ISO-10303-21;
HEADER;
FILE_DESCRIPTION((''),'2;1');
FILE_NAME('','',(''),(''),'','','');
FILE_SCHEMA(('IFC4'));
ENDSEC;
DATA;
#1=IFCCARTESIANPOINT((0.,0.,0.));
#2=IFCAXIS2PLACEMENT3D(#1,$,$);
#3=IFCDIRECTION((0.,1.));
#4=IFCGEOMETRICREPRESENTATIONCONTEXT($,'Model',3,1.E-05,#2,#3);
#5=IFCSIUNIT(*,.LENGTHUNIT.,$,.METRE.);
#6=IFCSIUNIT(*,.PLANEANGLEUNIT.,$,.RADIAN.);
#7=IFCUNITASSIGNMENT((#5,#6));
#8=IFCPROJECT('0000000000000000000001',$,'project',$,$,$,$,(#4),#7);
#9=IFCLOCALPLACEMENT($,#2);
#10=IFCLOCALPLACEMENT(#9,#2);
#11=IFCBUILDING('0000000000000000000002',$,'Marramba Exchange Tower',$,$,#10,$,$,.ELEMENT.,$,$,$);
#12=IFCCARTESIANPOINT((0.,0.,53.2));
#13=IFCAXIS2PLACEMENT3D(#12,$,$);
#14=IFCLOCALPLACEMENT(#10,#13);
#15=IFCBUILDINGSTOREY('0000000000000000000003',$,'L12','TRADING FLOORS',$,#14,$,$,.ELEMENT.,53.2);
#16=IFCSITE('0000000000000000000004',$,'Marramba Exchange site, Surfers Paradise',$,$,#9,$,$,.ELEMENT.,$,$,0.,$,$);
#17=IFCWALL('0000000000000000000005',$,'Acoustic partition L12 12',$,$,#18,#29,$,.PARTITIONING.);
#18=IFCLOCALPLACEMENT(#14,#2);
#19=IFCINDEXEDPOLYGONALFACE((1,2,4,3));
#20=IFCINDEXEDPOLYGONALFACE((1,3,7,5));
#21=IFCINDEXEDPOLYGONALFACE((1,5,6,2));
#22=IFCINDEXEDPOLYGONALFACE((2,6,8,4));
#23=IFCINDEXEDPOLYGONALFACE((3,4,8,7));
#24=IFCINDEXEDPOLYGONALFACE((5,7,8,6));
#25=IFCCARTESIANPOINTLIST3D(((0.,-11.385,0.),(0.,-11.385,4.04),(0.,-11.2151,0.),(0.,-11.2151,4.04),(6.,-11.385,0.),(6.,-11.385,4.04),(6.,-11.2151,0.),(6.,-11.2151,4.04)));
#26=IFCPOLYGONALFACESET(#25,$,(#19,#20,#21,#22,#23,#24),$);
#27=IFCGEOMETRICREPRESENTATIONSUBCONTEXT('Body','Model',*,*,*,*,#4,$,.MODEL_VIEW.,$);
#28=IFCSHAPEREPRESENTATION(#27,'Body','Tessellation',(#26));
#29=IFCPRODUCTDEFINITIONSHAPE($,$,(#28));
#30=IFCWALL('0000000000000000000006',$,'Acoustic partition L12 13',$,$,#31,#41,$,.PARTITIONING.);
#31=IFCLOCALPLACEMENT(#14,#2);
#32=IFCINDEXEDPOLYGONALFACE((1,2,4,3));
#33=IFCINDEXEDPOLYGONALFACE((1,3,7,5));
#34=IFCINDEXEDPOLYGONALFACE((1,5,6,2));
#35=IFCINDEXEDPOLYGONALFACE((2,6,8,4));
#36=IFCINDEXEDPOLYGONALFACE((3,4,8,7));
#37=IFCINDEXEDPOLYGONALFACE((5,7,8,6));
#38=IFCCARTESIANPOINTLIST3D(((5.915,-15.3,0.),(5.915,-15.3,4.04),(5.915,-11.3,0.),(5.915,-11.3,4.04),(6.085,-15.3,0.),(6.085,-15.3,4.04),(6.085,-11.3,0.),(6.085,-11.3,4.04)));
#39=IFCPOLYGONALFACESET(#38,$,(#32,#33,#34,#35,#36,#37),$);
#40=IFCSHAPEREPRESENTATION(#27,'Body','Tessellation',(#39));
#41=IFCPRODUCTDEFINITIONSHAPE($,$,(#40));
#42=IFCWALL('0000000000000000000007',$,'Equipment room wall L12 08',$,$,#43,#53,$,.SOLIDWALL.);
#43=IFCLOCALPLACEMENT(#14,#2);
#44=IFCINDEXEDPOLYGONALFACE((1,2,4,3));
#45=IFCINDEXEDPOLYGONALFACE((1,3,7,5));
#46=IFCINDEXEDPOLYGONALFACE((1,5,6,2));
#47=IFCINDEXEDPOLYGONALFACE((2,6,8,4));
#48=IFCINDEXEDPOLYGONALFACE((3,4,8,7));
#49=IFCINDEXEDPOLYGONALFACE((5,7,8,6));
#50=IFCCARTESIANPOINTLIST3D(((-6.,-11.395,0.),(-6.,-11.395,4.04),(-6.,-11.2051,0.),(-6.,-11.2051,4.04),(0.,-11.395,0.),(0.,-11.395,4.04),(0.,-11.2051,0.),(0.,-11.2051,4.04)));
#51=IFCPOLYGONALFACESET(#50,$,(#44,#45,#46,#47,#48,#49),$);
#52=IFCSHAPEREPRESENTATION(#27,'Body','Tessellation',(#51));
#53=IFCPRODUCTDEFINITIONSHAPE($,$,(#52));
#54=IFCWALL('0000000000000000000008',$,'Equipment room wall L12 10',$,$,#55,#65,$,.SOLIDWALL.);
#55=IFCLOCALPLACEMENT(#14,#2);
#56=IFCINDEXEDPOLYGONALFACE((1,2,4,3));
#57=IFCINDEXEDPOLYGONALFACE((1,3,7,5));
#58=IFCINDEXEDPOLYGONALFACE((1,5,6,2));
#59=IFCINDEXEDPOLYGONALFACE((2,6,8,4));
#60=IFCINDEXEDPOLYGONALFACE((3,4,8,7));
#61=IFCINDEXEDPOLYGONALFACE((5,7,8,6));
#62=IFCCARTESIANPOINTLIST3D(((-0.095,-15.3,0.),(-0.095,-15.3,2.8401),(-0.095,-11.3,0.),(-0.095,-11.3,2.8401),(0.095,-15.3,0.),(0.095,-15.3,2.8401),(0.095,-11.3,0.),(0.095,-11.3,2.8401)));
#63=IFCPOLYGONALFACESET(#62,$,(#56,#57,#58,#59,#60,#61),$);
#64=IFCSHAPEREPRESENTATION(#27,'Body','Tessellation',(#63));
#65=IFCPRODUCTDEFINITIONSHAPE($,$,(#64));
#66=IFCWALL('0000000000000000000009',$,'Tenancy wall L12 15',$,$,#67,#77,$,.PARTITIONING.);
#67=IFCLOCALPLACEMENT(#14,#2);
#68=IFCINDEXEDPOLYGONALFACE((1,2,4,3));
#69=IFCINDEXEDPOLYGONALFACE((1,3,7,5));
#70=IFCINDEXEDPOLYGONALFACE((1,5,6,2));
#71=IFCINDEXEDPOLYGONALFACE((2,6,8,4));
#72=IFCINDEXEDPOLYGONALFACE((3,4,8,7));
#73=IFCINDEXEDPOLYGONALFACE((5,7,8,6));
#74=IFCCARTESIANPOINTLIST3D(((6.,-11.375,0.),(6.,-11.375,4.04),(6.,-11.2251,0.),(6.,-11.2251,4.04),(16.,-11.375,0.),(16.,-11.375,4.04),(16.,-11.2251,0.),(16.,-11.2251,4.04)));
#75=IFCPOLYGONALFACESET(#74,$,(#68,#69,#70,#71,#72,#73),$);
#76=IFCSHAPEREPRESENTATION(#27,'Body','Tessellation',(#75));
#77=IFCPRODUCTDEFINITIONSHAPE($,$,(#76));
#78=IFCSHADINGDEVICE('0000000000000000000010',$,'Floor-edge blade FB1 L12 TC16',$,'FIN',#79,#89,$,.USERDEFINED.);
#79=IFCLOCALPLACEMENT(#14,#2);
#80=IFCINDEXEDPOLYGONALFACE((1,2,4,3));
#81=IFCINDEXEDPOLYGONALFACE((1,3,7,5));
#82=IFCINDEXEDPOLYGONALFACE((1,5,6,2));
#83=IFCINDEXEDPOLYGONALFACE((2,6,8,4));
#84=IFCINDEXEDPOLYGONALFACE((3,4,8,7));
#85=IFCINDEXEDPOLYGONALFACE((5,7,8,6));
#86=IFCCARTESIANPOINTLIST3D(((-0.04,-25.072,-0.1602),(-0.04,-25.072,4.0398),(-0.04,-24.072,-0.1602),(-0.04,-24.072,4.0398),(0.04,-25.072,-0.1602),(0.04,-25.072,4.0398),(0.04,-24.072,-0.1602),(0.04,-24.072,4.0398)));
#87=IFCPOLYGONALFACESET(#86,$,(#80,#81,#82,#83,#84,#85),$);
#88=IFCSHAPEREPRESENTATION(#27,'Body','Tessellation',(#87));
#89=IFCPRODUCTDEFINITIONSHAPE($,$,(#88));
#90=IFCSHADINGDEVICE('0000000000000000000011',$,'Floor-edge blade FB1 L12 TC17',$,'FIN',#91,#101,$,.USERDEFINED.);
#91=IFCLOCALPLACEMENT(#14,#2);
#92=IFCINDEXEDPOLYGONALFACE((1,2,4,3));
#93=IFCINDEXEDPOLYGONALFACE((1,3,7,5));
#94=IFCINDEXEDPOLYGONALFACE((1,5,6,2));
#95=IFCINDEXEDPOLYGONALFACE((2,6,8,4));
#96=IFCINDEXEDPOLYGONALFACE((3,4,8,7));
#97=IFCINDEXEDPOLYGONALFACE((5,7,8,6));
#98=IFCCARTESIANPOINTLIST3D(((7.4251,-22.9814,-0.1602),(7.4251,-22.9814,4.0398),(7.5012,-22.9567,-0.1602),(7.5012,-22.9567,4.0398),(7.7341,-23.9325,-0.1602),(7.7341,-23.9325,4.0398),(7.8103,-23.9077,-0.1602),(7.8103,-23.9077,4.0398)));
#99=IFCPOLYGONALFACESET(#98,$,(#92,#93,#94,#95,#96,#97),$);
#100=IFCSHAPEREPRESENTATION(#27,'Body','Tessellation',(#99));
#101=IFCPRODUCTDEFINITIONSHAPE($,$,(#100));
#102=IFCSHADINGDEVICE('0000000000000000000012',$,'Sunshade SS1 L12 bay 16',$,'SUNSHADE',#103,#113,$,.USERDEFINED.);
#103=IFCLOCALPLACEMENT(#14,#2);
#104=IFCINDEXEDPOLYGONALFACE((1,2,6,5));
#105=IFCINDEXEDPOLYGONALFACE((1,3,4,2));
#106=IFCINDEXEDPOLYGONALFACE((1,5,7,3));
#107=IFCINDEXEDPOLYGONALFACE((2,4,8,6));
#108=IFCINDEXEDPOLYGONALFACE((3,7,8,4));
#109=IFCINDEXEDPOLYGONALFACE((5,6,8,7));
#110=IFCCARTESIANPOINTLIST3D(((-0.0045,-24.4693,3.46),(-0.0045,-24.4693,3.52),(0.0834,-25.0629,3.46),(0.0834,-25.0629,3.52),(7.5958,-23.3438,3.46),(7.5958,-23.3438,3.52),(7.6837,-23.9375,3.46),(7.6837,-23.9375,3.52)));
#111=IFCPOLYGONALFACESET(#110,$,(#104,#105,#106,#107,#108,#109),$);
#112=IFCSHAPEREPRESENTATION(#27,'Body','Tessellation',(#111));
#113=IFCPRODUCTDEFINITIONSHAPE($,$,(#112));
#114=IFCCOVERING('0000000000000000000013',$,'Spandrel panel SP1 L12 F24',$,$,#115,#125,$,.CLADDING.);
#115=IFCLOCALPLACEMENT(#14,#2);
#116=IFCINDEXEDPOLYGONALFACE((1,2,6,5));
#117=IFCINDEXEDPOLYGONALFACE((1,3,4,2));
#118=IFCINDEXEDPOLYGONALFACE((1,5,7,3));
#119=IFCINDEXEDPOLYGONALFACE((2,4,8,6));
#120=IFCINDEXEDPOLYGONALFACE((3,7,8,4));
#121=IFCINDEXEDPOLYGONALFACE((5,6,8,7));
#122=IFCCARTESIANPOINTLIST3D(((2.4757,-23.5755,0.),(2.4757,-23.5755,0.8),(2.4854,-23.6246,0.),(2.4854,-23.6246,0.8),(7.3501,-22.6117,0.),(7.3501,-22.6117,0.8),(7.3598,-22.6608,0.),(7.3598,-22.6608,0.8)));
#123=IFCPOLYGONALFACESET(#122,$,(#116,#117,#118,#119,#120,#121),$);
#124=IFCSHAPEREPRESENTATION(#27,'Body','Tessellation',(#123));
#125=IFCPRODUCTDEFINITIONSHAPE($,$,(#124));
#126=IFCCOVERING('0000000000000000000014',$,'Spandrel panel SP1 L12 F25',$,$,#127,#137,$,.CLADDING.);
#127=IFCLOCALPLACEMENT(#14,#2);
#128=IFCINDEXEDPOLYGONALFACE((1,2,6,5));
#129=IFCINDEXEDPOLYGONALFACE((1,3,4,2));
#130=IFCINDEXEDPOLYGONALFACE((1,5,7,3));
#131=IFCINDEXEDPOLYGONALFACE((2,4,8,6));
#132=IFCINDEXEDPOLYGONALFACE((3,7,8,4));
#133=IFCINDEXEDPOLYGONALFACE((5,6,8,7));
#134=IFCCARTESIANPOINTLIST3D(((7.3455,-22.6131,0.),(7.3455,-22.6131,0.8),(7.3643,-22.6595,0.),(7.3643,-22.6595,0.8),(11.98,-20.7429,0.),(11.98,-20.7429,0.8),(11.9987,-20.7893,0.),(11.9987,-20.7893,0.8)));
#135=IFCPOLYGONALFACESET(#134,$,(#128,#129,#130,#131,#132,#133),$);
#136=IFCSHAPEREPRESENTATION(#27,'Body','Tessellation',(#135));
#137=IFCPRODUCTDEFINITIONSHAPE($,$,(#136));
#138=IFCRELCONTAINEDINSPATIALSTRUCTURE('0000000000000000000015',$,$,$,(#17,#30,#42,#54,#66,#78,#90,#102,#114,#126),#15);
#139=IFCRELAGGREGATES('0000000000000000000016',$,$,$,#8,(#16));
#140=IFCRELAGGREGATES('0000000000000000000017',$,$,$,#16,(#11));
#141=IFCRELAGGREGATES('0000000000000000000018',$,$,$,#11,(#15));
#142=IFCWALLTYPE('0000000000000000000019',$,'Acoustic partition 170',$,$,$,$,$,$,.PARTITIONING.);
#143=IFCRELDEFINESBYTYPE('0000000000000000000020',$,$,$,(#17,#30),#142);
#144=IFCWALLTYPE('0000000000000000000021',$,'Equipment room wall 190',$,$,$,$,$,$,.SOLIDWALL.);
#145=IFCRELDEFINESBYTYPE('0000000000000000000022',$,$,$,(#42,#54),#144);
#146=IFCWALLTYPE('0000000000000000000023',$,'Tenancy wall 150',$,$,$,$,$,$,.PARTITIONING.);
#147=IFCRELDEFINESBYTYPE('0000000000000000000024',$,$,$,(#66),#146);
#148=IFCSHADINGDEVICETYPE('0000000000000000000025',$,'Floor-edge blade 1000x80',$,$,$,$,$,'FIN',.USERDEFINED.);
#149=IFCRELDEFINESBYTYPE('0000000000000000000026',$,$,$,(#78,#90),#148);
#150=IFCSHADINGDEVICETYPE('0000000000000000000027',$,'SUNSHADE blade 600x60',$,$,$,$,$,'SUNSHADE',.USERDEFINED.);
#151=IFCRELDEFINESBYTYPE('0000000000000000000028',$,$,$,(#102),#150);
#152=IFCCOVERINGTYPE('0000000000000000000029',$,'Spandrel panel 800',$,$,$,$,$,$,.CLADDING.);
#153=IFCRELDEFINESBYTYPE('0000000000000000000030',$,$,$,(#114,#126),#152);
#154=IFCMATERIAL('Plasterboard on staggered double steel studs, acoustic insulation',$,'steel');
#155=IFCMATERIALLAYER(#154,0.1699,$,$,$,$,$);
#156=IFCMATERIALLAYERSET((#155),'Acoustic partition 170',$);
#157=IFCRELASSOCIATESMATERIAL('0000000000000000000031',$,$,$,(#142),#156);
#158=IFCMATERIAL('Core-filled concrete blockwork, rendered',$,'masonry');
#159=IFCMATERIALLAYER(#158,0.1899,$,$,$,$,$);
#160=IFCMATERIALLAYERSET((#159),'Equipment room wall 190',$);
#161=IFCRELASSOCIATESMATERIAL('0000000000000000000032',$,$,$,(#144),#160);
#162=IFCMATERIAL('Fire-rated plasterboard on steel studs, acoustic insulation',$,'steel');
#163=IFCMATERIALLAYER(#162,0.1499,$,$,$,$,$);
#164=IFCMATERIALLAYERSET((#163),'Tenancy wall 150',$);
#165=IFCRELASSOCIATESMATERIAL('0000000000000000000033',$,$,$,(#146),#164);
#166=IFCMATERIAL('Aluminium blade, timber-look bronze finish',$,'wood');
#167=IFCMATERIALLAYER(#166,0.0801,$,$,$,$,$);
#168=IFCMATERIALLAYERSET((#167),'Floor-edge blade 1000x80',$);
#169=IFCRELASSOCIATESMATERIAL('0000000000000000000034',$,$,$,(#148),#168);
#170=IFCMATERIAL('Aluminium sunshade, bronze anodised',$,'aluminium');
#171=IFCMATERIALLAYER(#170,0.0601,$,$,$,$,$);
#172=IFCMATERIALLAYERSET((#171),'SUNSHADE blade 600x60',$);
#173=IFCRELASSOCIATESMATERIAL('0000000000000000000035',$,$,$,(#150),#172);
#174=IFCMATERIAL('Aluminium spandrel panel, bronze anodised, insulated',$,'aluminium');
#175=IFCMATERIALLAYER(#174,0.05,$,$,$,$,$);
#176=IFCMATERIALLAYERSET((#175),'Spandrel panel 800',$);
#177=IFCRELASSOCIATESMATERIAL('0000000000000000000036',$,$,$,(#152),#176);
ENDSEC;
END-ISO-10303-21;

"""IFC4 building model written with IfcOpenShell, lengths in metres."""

from ifc_helpers import new_model, si_unit, direction, frame, frame_2d, origin, origin_2d, place, context, subcontext, project, spatial, rectangle, extrude, material, layer, layer_set, type_object, element, save


model = new_model("IFC4")

# Units and contexts
model_context = context("Model", 3, precision=1e-05, world=origin(), true_north=direction((0.0, 1.0)))
body_context = subcontext(model_context, "Body", "Model", "MODEL_VIEW")
ifc_project = project(units=[si_unit("LENGTHUNIT", "METRE"), si_unit("PLANEANGLEUNIT", "RADIAN")], contexts=[model_context])

# Site, building, storey
site_placement = place(None, origin())
site = spatial("IfcSite", under=ifc_project, at=site_placement, Name="Marramba Exchange site, Surfers Paradise", CompositionType="ELEMENT", RefElevation=0.0)
building_placement = place(site_placement, origin())
building = spatial("IfcBuilding", under=site, at=building_placement, Name="Marramba Exchange Tower", CompositionType="ELEMENT")
storey_placement = place(building_placement, frame((0.0, 0.0, 53.2)))
storey = spatial("IfcBuildingStorey", under=building, at=storey_placement, Name="L12", Description="TRADING FLOORS", CompositionType="ELEMENT", Elevation=53.2)

# Shared definitions
ifc_material_1 = material(Name="Plasterboard on staggered double steel studs, acoustic insulation", Category="steel")
ifc_layer_1 = layer(ifc_material_1, 0.1699)
ifc_layer_set_1 = layer_set([ifc_layer_1], Name="Acoustic partition 170")
wall_type_1 = type_object("IfcWallType", Name="Acoustic partition 170", PredefinedType="PARTITIONING", material=ifc_layer_set_1)

# Walls
wall_1_placement = place(storey_placement, frame((6.0, -11.3, 0.0), z_axis=(0.0, 0.0, 1.0), x_axis=(-1.0, 0.0, 0.0)))
element("IfcWall", 1, at=wall_1_placement, inside=storey, type_object=wall_type_1, Name="Acoustic partition L12 12", PredefinedType="PARTITIONING", context=body_context, shape_type="SweptSolid", body=[
    extrude(rectangle(XDim=6.0, YDim=0.1699, at=frame_2d((3.0, 0.0))), origin(), (0.0, 0.0, 1.0), 4.04),
])
wall_2_placement = place(storey_placement, frame((6.0, -15.3, 0.0), z_axis=(0.0, 0.0, 1.0), x_axis=(0.0, 1.0, 0.0)))
element("IfcWall", 2, at=wall_2_placement, inside=storey, type_object=wall_type_1, Name="Acoustic partition L12 13", PredefinedType="PARTITIONING", context=body_context, shape_type="SweptSolid", body=[
    extrude(rectangle(XDim=4.0, YDim=0.1699, at=frame_2d((2.0, 0.0))), origin(), (0.0, 0.0, 1.0), 4.04),
])
ifc_material_2 = material(Name="Core-filled concrete blockwork, rendered", Category="masonry")
ifc_layer_2 = layer(ifc_material_2, 0.1899)
ifc_layer_set_2 = layer_set([ifc_layer_2], Name="Equipment room wall 190")
wall_type_2 = type_object("IfcWallType", Name="Equipment room wall 190", PredefinedType="SOLIDWALL", material=ifc_layer_set_2)
wall_3_placement = place(storey_placement, frame((0.0, -11.3, 0.0), z_axis=(0.0, 0.0, 1.0), x_axis=(-1.0, 0.0, 0.0)))
element("IfcWall", 3, at=wall_3_placement, inside=storey, type_object=wall_type_2, Name="Equipment room wall L12 08", PredefinedType="SOLIDWALL", context=body_context, shape_type="SweptSolid", body=[
    extrude(rectangle(XDim=6.0, YDim=0.1899, at=frame_2d((3.0, 0.0))), origin(), (0.0, 0.0, 1.0), 4.04),
])
wall_4_placement = place(storey_placement, frame((0.0, -11.3, 0.0), z_axis=(0.0, 0.0, 1.0), x_axis=(0.0, -1.0, 0.0)))
element("IfcWall", 4, at=wall_4_placement, inside=storey, type_object=wall_type_2, Name="Equipment room wall L12 10", PredefinedType="SOLIDWALL", context=body_context, shape_type="SweptSolid", body=[
    extrude(rectangle(XDim=4.0, YDim=0.1899, at=frame_2d((2.0, 0.0))), origin(), (0.0, 0.0, 1.0), 2.8401),
])
ifc_material_3 = material(Name="Fire-rated plasterboard on steel studs, acoustic insulation", Category="steel")
ifc_layer_3 = layer(ifc_material_3, 0.1499)
ifc_layer_set_3 = layer_set([ifc_layer_3], Name="Tenancy wall 150")
wall_type_3 = type_object("IfcWallType", Name="Tenancy wall 150", PredefinedType="PARTITIONING", material=ifc_layer_set_3)
wall_5_placement = place(storey_placement, frame((6.0, -11.3, 0.0), z_axis=(0.0, 0.0, 1.0), x_axis=(1.0, 0.0, 0.0)))
element("IfcWall", 5, at=wall_5_placement, inside=storey, type_object=wall_type_3, Name="Tenancy wall L12 15", PredefinedType="PARTITIONING", context=body_context, shape_type="SweptSolid", body=[
    extrude(rectangle(XDim=10.0, YDim=0.1499, at=frame_2d((5.0, 0.0))), origin(), (0.0, 0.0, 1.0), 4.04),
])

# Shading devices
ifc_material_4 = material(Name="Aluminium blade, timber-look bronze finish", Category="wood")
ifc_layer_4 = layer(ifc_material_4, 0.0801)
ifc_layer_set_4 = layer_set([ifc_layer_4], Name="Floor-edge blade 1000x80")
shading_device_type_1 = type_object("IfcShadingDeviceType", Name="Floor-edge blade 1000x80", ElementType="FIN", PredefinedType="USERDEFINED", material=ifc_layer_set_4)
for number, where, z_axis, x_axis, name in (
    (6, (0.0, -24.572, -0.1602), (0.0, 0.0, 1.0), (0.0, -1.0, 0.0), "Floor-edge blade FB1 L12 TC16"),
    (7, (7.6177, -23.4446, -0.1602), (0.0, 0.0, 1.0), (0.309017, -0.951057, 0.0), "Floor-edge blade FB1 L12 TC17"),
):
    element("IfcShadingDevice", number, at=place(storey_placement, frame(where, z_axis=z_axis, x_axis=x_axis)), inside=storey, type_object=shading_device_type_1, Name=name, ObjectType="FIN", PredefinedType="USERDEFINED", context=body_context, shape_type="SweptSolid", body=[
        extrude(rectangle(XDim=1.0, YDim=0.0801, at=origin_2d()), origin(), (0.0, 0.0, 1.0), 4.2),
    ])
ifc_material_5 = material(Name="Aluminium sunshade, bronze anodised", Category="aluminium")
ifc_layer_5 = layer(ifc_material_5, 0.0601)
ifc_layer_set_5 = layer_set([ifc_layer_5], Name="SUNSHADE blade 600x60")
shading_device_type_2 = type_object("IfcShadingDeviceType", Name="SUNSHADE blade 600x60", ElementType="SUNSHADE", PredefinedType="USERDEFINED", material=ifc_layer_set_5)
shading_device_placement = place(storey_placement, frame((3.8396, -24.2034, 3.46), z_axis=(0.0, 0.0, 1.0), x_axis=(0.989213, 0.146485, 0.0)))
element("IfcShadingDevice", 8, at=shading_device_placement, inside=storey, type_object=shading_device_type_2, Name="Sunshade SS1 L12 bay 16", ObjectType="SUNSHADE", PredefinedType="USERDEFINED", context=body_context, shape_type="SweptSolid", body=[
    extrude(rectangle(XDim=7.6831, YDim=0.6001, at=origin_2d()), origin(), (0.0, 0.0, 1.0), 0.0601),
])

# Coverings
ifc_material_6 = material(Name="Aluminium spandrel panel, bronze anodised, insulated", Category="aluminium")
ifc_layer_6 = layer(ifc_material_6, 0.05)
ifc_layer_set_6 = layer_set([ifc_layer_6], Name="Spandrel panel 800")
covering_type = type_object("IfcCoveringType", Name="Spandrel panel 800", PredefinedType="CLADDING", material=ifc_layer_set_6)
covering_1_placement = place(storey_placement, frame((4.9177, -23.1182, 0.0), z_axis=(0.0, 0.0, 1.0), x_axis=(0.981009, 0.193961, 0.0)))
element("IfcCovering", 9, at=covering_1_placement, inside=storey, type_object=covering_type, Name="Spandrel panel SP1 L12 F24", PredefinedType="CLADDING", context=body_context, shape_type="SweptSolid", body=[
    extrude(rectangle(XDim=4.9688, YDim=0.05, at=origin_2d()), origin(), (0.0, 0.0, 1.0), 0.8),
])
covering_2_placement = place(storey_placement, frame((9.6721, -21.7012, 0.0), z_axis=(0.0, 0.0, 1.0), x_axis=(0.927341, 0.374218, 0.0)))
element("IfcCovering", 10, at=covering_2_placement, inside=storey, type_object=covering_type, Name="Spandrel panel SP1 L12 F25", PredefinedType="CLADDING", context=body_context, shape_type="SweptSolid", body=[
    extrude(rectangle(XDim=4.9976, YDim=0.05, at=origin_2d()), origin(), (0.0, 0.0, 1.0), 0.8),
])

save(model, "model.ifc")
